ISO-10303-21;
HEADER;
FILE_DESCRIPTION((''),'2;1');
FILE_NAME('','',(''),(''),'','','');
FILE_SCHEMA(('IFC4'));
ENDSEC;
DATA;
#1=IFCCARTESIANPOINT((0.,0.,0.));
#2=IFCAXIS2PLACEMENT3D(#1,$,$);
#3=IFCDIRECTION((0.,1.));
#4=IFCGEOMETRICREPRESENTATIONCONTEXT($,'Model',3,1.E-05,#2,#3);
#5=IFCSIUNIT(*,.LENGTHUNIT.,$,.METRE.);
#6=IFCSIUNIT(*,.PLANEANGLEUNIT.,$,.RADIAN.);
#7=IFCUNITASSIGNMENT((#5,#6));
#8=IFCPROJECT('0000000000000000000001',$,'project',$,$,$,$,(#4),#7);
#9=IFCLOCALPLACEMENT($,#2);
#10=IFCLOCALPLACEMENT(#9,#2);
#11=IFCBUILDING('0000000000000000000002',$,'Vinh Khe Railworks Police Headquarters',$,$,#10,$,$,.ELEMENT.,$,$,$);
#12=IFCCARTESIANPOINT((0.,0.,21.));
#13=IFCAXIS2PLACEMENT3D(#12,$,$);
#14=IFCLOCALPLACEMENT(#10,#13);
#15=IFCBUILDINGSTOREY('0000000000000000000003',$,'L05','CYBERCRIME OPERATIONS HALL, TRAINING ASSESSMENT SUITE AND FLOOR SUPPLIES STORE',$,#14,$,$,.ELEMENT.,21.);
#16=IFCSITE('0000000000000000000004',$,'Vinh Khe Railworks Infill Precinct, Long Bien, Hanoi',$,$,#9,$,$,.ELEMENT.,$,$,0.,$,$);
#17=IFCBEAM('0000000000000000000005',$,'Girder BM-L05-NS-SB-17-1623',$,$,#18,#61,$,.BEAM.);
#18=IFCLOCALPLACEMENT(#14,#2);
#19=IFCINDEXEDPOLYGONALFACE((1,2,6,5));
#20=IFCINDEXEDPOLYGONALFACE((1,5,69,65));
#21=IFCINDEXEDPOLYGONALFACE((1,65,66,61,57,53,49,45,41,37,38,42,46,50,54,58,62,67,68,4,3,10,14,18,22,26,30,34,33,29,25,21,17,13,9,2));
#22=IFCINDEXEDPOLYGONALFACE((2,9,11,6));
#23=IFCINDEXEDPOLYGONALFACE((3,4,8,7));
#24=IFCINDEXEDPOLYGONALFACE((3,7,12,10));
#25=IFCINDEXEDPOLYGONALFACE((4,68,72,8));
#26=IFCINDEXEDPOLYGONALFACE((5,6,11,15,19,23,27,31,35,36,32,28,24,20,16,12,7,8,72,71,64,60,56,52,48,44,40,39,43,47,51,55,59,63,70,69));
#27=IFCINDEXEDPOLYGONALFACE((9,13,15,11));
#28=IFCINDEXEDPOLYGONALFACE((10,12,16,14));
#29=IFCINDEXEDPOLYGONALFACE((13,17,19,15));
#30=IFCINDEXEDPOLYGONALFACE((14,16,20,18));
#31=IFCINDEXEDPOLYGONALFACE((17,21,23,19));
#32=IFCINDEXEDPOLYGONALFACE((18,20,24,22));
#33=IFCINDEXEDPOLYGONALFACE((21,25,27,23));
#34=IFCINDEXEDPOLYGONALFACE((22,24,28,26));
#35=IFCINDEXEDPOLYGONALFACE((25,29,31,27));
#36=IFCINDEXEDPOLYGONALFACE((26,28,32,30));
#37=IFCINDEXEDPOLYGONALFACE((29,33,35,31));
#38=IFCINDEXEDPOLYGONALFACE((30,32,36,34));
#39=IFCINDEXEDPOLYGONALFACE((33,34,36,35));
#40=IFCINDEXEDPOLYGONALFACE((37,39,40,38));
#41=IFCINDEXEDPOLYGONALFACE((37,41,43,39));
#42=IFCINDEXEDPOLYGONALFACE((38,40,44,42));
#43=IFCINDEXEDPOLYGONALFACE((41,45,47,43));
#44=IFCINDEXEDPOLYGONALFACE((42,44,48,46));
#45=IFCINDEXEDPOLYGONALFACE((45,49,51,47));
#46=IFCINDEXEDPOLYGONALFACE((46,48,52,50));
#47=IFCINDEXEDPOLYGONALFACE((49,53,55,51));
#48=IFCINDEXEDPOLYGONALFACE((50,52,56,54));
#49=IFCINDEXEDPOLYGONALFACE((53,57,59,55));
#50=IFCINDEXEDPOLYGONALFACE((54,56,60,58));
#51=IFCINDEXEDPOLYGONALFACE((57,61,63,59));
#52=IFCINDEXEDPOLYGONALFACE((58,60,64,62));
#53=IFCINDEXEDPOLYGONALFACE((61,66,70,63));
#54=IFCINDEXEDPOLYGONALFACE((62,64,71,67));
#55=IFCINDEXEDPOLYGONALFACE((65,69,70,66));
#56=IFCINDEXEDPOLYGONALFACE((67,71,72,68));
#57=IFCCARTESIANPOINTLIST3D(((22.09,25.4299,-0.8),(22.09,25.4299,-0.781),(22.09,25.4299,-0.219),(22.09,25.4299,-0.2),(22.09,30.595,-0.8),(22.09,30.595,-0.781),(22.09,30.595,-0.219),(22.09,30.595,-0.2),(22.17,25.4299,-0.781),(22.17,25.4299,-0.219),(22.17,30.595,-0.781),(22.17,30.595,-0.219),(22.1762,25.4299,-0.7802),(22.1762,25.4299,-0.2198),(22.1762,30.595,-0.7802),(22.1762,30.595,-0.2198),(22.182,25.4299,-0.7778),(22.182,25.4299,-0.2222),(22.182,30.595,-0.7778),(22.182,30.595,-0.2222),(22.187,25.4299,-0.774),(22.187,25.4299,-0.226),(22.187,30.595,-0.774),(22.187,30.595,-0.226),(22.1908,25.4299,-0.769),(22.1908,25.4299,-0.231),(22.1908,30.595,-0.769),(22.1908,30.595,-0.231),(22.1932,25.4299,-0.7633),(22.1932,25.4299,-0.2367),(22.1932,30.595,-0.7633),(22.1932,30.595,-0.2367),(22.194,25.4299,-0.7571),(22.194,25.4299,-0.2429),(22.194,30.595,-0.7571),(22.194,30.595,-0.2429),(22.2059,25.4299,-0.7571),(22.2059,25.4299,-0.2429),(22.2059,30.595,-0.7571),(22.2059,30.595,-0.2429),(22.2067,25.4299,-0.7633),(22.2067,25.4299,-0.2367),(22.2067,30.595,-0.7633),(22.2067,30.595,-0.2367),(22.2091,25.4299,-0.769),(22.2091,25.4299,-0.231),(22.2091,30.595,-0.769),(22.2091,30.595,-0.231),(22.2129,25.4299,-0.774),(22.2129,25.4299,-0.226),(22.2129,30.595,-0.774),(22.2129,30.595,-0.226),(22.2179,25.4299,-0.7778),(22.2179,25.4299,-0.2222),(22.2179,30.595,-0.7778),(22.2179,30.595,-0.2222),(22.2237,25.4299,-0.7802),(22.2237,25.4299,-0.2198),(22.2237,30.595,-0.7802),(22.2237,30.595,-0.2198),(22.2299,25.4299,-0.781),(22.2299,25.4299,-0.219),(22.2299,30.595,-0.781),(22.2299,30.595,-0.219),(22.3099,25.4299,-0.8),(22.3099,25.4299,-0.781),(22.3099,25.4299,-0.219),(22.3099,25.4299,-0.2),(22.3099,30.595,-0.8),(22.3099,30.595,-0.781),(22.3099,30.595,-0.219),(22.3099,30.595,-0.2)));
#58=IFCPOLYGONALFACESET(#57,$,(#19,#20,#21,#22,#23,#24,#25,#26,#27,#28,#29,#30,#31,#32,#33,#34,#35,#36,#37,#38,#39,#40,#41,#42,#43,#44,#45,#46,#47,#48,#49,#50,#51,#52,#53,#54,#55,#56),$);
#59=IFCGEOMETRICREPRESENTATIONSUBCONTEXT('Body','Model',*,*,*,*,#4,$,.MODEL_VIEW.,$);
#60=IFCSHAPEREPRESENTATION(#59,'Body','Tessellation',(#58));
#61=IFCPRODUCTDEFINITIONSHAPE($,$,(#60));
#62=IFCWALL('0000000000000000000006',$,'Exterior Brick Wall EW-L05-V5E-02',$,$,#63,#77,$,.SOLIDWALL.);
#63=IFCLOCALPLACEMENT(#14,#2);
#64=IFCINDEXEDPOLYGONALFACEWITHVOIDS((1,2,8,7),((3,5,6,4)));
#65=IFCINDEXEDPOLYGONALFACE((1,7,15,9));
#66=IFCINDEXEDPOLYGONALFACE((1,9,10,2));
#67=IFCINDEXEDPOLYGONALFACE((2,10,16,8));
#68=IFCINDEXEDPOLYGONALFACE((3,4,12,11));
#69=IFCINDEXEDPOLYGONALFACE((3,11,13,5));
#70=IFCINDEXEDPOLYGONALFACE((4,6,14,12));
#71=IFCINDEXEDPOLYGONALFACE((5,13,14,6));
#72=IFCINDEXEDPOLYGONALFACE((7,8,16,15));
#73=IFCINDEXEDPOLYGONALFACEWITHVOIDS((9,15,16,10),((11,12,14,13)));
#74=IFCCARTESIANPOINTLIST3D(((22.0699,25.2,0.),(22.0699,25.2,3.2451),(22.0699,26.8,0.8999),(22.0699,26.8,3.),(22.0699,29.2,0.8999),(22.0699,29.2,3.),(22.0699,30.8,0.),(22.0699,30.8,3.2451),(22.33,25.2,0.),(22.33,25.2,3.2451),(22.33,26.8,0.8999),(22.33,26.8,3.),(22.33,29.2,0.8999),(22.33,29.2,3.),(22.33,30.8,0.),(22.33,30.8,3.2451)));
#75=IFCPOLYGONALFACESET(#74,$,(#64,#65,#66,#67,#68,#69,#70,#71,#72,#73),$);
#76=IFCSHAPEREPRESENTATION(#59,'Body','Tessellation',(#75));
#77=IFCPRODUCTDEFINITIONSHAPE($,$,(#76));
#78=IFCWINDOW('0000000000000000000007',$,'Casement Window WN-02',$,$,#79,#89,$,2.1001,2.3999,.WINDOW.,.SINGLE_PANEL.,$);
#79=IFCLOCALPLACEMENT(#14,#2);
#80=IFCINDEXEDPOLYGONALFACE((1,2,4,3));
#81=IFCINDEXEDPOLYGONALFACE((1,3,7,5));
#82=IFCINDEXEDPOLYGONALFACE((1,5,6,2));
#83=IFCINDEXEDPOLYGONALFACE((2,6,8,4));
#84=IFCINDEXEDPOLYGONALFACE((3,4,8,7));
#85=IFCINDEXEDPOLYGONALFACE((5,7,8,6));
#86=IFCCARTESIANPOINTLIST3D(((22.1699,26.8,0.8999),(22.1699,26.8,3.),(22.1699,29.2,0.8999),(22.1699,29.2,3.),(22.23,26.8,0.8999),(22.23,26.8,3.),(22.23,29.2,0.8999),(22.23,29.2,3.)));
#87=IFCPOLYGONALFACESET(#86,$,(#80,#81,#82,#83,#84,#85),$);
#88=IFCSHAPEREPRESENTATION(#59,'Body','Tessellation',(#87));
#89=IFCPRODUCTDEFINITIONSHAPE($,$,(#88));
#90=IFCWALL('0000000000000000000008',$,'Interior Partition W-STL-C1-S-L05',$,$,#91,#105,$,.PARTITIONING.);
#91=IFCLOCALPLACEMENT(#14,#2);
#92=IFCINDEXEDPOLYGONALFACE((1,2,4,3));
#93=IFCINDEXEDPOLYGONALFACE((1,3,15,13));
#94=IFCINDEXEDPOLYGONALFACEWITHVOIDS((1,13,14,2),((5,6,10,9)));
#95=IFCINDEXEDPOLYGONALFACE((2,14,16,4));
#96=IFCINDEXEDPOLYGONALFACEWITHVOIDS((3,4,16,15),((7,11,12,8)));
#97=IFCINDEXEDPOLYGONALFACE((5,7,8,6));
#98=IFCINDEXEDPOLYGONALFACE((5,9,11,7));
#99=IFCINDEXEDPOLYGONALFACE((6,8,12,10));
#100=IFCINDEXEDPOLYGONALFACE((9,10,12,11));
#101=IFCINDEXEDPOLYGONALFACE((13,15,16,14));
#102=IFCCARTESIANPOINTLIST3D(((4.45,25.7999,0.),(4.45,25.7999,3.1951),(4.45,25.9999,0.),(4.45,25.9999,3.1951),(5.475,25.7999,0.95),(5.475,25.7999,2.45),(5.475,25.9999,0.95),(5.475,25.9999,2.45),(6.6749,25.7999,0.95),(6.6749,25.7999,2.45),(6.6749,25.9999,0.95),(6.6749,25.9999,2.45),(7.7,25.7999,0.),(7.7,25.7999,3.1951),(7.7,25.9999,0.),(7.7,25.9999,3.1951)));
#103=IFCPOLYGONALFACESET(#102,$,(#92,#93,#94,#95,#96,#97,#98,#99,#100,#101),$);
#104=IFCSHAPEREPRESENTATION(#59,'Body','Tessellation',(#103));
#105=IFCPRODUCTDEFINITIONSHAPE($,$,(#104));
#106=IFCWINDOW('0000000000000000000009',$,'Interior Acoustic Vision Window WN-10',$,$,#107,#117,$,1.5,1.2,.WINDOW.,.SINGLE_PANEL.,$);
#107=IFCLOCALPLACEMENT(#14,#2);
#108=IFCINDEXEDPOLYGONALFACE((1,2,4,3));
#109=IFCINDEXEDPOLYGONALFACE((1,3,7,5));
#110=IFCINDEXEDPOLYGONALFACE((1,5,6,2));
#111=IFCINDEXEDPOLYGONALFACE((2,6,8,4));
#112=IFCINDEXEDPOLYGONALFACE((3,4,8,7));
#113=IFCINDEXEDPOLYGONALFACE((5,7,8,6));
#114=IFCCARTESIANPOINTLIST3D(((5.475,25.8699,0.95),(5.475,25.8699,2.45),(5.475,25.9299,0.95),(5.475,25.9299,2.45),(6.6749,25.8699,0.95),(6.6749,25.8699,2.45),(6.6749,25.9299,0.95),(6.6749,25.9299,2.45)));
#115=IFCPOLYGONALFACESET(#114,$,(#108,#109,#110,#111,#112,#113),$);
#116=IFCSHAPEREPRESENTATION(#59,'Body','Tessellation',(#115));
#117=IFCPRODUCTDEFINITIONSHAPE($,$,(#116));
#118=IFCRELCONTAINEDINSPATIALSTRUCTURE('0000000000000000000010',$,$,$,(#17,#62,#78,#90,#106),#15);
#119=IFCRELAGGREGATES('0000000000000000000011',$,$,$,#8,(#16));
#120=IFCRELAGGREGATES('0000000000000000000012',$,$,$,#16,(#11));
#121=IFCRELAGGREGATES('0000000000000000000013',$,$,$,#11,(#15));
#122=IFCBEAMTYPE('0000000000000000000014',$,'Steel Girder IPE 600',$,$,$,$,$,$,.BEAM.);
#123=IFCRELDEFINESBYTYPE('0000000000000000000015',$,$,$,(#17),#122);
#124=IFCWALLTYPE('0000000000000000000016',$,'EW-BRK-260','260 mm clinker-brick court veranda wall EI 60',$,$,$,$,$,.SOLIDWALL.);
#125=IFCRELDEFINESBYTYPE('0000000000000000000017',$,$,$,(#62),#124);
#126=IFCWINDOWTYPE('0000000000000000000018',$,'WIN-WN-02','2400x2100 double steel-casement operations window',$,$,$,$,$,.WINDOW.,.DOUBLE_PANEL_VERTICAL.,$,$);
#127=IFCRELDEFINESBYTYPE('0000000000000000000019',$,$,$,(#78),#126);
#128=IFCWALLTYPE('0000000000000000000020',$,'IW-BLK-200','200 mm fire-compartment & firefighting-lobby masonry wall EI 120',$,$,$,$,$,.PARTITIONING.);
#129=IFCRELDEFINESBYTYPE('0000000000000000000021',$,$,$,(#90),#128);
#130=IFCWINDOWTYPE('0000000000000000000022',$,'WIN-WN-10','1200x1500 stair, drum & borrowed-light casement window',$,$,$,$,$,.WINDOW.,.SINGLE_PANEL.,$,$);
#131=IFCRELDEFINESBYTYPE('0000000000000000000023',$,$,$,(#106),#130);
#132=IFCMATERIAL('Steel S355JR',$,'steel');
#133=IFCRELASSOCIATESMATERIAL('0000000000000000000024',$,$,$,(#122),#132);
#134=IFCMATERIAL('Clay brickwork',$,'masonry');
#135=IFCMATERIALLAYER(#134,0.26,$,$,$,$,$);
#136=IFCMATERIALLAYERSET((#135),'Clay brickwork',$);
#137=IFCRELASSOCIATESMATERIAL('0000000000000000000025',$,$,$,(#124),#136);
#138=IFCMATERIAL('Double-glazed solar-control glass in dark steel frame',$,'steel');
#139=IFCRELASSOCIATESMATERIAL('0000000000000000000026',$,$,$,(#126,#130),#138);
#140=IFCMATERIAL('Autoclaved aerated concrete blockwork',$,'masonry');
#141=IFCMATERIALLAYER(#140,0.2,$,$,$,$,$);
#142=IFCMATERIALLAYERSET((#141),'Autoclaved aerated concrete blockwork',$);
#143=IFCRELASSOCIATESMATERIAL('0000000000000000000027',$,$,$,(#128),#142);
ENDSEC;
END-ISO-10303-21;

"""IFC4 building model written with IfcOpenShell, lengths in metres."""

from ifc_helpers import new_model, si_unit, direction, frame, frame_2d, origin, origin_2d, place, context, subcontext, project, spatial, rectangle, i_section, extrude, material, layer, layer_set, material_profile, profile_set, type_object, element, fill, save


model = new_model("IFC4")

# Units and contexts
model_context = context("Model", 3, precision=1e-05, world=origin(), true_north=direction((0.0, 1.0)))
body_context = subcontext(model_context, "Body", "Model", "MODEL_VIEW")
ifc_project = project(units=[si_unit("LENGTHUNIT", "METRE"), si_unit("PLANEANGLEUNIT", "RADIAN")], contexts=[model_context])

# Site, building, storey
site_placement = place(None, origin())
site = spatial("IfcSite", under=ifc_project, at=site_placement, Name="Vinh Khe Railworks Infill Precinct, Long Bien, Hanoi", CompositionType="ELEMENT", RefElevation=0.0)
building_placement = place(site_placement, origin())
building = spatial("IfcBuilding", under=site, at=building_placement, Name="Vinh Khe Railworks Police Headquarters", CompositionType="ELEMENT")
storey_placement = place(building_placement, frame((0.0, 0.0, 21.0)))
storey = spatial("IfcBuildingStorey", under=building, at=storey_placement, Name="L05", Description="CYBERCRIME OPERATIONS HALL, TRAINING ASSESSMENT SUITE AND FLOOR SUPPLIES STORE", CompositionType="ELEMENT", Elevation=21.0)

# Shared definitions
ifc_material_1 = material(Name="Steel S355JR", Category="steel")

# Beam
ifc_material_profile_1 = material_profile(ifc_material_1, i_section(OverallWidth=0.22, OverallDepth=0.6001, WebThickness=0.012, FlangeThickness=0.019, FilletRadius=0.0239, at=origin_2d()), Name="IPE 600")
ifc_profile_set_1 = profile_set([ifc_material_profile_1], Name="Steel S355JR")
beam_type_1 = type_object("IfcBeamType", Name="Steel Girder IPE 600", PredefinedType="BEAM", material=ifc_profile_set_1)
beam_1_placement = place(storey_placement, frame((22.2, 25.4299, -0.5), z_axis=(0.0, 1.0, 0.0), x_axis=(-1.0, 0.0, 0.0)))
element("IfcBeam", 1, at=beam_1_placement, inside=storey, type_object=beam_type_1, Name="Girder BM-L05-NS-SB-17-1623", PredefinedType="BEAM", context=body_context, shape_type="SweptSolid", body=[
    extrude(i_section(OverallWidth=0.22, OverallDepth=0.6001, WebThickness=0.012, FlangeThickness=0.019, FilletRadius=0.0239, at=origin_2d()), origin(), (0.0, 0.0, 1.0), 5.165),
])

# Walls, openings, windows
ifc_material_2 = material(Name="Clay brickwork", Category="masonry")
ifc_layer_1 = layer(ifc_material_2, 0.26)
ifc_layer_set_1 = layer_set([ifc_layer_1], Name="Clay brickwork")
wall_type_1 = type_object("IfcWallType", Name="EW-BRK-260", Description="260 mm clinker-brick court veranda wall EI 60", PredefinedType="SOLIDWALL", material=ifc_layer_set_1)
wall_1_placement = place(storey_placement, frame((22.2, 25.2, 0.0), z_axis=(0.0, 0.0, 1.0), x_axis=(0.0, 1.0, 0.0)))
wall_1 = element("IfcWall", 2, at=wall_1_placement, inside=storey, type_object=wall_type_1, Name="Exterior Brick Wall EW-L05-V5E-02", PredefinedType="SOLIDWALL", context=body_context, shape_type="SweptSolid", body=[
    extrude(rectangle(XDim=5.6001, YDim=0.26, at=frame_2d((2.8, 0.0))), origin(), (0.0, 0.0, 1.0), 3.2451),
])
opening_1_placement = place(wall_1_placement, frame((1.6001, 0.0, 0.8999)))
opening_1 = element("IfcOpeningElement", 3, at=opening_1_placement, cuts=wall_1, PredefinedType="OPENING", context=body_context, shape_type="SweptSolid", body=[
    extrude(rectangle(XDim=2.3999, YDim=2.1001, at=frame_2d((1.2, 1.05))), frame((0.0, 0.145, 0.0), z_axis=(0.0, -1.0, 0.0), x_axis=(1.0, 0.0, 0.0)), (0.0, 0.0, 1.0), 0.2898),
])
ifc_material_3 = material(Name="Double-glazed solar-control glass in dark steel frame", Category="steel")
window_type_1 = type_object("IfcWindowType", Name="WIN-WN-02", Description="2400x2100 double steel-casement operations window", PartitioningType="DOUBLE_PANEL_VERTICAL", PredefinedType="WINDOW", material=ifc_material_3)
window_1_placement = place(opening_1_placement, origin())
window_1 = element("IfcWindow", 4, at=window_1_placement, inside=storey, type_object=window_type_1, Name="Casement Window WN-02", OverallHeight=2.1001, OverallWidth=2.3999, PartitioningType="SINGLE_PANEL", PredefinedType="WINDOW", context=body_context, shape_type="SweptSolid", body=[
    extrude(rectangle(XDim=2.3999, YDim=2.1001, at=frame_2d((1.2, 1.05))), frame((0.0, 0.03, 0.0), z_axis=(0.0, -1.0, 0.0), x_axis=(1.0, 0.0, 0.0)), (0.0, 0.0, 1.0), 0.0601),
])
fill(opening_1, window_1)
ifc_material_4 = material(Name="Autoclaved aerated concrete blockwork", Category="masonry")
ifc_layer_2 = layer(ifc_material_4, 0.2)
ifc_layer_set_2 = layer_set([ifc_layer_2], Name="Autoclaved aerated concrete blockwork")
wall_type_2 = type_object("IfcWallType", Name="IW-BLK-200", Description="200 mm fire-compartment & firefighting-lobby masonry wall EI 120", PredefinedType="PARTITIONING", material=ifc_layer_set_2)
wall_2_placement = place(storey_placement, frame((4.45, 25.8999, 0.0), z_axis=(0.0, 0.0, 1.0), x_axis=(1.0, 0.0, 0.0)))
wall_2 = element("IfcWall", 5, at=wall_2_placement, inside=storey, type_object=wall_type_2, Name="Interior Partition W-STL-C1-S-L05", PredefinedType="PARTITIONING", context=body_context, shape_type="SweptSolid", body=[
    extrude(rectangle(XDim=3.25, YDim=0.2, at=frame_2d((1.625, 0.0))), origin(), (0.0, 0.0, 1.0), 3.1951),
])
opening_2_placement = place(wall_2_placement, frame((1.0249, 0.0, 0.95)))
opening_2 = element("IfcOpeningElement", 6, at=opening_2_placement, cuts=wall_2, PredefinedType="OPENING", context=body_context, shape_type="SweptSolid", body=[
    extrude(rectangle(XDim=1.2, YDim=1.5, at=frame_2d((0.6001, 0.75))), frame((0.0, 0.1147, 0.0), z_axis=(0.0, -1.0, 0.0), x_axis=(1.0, 0.0, 0.0)), (0.0, 0.0, 1.0), 0.2297),
])
window_type_2 = type_object("IfcWindowType", Name="WIN-WN-10", Description="1200x1500 stair, drum & borrowed-light casement window", PartitioningType="SINGLE_PANEL", PredefinedType="WINDOW", material=ifc_material_3)
window_2_placement = place(opening_2_placement, origin())
window_2 = element("IfcWindow", 7, at=window_2_placement, inside=storey, type_object=window_type_2, Name="Interior Acoustic Vision Window WN-10", OverallHeight=1.5, OverallWidth=1.2, PartitioningType="SINGLE_PANEL", PredefinedType="WINDOW", context=body_context, shape_type="SweptSolid", body=[
    extrude(rectangle(XDim=1.2, YDim=1.5, at=frame_2d((0.6001, 0.75))), frame((0.0, 0.03, 0.0), z_axis=(0.0, -1.0, 0.0), x_axis=(1.0, 0.0, 0.0)), (0.0, 0.0, 1.0), 0.0601),
])
fill(opening_2, window_2)

save(model, "model.ifc")
